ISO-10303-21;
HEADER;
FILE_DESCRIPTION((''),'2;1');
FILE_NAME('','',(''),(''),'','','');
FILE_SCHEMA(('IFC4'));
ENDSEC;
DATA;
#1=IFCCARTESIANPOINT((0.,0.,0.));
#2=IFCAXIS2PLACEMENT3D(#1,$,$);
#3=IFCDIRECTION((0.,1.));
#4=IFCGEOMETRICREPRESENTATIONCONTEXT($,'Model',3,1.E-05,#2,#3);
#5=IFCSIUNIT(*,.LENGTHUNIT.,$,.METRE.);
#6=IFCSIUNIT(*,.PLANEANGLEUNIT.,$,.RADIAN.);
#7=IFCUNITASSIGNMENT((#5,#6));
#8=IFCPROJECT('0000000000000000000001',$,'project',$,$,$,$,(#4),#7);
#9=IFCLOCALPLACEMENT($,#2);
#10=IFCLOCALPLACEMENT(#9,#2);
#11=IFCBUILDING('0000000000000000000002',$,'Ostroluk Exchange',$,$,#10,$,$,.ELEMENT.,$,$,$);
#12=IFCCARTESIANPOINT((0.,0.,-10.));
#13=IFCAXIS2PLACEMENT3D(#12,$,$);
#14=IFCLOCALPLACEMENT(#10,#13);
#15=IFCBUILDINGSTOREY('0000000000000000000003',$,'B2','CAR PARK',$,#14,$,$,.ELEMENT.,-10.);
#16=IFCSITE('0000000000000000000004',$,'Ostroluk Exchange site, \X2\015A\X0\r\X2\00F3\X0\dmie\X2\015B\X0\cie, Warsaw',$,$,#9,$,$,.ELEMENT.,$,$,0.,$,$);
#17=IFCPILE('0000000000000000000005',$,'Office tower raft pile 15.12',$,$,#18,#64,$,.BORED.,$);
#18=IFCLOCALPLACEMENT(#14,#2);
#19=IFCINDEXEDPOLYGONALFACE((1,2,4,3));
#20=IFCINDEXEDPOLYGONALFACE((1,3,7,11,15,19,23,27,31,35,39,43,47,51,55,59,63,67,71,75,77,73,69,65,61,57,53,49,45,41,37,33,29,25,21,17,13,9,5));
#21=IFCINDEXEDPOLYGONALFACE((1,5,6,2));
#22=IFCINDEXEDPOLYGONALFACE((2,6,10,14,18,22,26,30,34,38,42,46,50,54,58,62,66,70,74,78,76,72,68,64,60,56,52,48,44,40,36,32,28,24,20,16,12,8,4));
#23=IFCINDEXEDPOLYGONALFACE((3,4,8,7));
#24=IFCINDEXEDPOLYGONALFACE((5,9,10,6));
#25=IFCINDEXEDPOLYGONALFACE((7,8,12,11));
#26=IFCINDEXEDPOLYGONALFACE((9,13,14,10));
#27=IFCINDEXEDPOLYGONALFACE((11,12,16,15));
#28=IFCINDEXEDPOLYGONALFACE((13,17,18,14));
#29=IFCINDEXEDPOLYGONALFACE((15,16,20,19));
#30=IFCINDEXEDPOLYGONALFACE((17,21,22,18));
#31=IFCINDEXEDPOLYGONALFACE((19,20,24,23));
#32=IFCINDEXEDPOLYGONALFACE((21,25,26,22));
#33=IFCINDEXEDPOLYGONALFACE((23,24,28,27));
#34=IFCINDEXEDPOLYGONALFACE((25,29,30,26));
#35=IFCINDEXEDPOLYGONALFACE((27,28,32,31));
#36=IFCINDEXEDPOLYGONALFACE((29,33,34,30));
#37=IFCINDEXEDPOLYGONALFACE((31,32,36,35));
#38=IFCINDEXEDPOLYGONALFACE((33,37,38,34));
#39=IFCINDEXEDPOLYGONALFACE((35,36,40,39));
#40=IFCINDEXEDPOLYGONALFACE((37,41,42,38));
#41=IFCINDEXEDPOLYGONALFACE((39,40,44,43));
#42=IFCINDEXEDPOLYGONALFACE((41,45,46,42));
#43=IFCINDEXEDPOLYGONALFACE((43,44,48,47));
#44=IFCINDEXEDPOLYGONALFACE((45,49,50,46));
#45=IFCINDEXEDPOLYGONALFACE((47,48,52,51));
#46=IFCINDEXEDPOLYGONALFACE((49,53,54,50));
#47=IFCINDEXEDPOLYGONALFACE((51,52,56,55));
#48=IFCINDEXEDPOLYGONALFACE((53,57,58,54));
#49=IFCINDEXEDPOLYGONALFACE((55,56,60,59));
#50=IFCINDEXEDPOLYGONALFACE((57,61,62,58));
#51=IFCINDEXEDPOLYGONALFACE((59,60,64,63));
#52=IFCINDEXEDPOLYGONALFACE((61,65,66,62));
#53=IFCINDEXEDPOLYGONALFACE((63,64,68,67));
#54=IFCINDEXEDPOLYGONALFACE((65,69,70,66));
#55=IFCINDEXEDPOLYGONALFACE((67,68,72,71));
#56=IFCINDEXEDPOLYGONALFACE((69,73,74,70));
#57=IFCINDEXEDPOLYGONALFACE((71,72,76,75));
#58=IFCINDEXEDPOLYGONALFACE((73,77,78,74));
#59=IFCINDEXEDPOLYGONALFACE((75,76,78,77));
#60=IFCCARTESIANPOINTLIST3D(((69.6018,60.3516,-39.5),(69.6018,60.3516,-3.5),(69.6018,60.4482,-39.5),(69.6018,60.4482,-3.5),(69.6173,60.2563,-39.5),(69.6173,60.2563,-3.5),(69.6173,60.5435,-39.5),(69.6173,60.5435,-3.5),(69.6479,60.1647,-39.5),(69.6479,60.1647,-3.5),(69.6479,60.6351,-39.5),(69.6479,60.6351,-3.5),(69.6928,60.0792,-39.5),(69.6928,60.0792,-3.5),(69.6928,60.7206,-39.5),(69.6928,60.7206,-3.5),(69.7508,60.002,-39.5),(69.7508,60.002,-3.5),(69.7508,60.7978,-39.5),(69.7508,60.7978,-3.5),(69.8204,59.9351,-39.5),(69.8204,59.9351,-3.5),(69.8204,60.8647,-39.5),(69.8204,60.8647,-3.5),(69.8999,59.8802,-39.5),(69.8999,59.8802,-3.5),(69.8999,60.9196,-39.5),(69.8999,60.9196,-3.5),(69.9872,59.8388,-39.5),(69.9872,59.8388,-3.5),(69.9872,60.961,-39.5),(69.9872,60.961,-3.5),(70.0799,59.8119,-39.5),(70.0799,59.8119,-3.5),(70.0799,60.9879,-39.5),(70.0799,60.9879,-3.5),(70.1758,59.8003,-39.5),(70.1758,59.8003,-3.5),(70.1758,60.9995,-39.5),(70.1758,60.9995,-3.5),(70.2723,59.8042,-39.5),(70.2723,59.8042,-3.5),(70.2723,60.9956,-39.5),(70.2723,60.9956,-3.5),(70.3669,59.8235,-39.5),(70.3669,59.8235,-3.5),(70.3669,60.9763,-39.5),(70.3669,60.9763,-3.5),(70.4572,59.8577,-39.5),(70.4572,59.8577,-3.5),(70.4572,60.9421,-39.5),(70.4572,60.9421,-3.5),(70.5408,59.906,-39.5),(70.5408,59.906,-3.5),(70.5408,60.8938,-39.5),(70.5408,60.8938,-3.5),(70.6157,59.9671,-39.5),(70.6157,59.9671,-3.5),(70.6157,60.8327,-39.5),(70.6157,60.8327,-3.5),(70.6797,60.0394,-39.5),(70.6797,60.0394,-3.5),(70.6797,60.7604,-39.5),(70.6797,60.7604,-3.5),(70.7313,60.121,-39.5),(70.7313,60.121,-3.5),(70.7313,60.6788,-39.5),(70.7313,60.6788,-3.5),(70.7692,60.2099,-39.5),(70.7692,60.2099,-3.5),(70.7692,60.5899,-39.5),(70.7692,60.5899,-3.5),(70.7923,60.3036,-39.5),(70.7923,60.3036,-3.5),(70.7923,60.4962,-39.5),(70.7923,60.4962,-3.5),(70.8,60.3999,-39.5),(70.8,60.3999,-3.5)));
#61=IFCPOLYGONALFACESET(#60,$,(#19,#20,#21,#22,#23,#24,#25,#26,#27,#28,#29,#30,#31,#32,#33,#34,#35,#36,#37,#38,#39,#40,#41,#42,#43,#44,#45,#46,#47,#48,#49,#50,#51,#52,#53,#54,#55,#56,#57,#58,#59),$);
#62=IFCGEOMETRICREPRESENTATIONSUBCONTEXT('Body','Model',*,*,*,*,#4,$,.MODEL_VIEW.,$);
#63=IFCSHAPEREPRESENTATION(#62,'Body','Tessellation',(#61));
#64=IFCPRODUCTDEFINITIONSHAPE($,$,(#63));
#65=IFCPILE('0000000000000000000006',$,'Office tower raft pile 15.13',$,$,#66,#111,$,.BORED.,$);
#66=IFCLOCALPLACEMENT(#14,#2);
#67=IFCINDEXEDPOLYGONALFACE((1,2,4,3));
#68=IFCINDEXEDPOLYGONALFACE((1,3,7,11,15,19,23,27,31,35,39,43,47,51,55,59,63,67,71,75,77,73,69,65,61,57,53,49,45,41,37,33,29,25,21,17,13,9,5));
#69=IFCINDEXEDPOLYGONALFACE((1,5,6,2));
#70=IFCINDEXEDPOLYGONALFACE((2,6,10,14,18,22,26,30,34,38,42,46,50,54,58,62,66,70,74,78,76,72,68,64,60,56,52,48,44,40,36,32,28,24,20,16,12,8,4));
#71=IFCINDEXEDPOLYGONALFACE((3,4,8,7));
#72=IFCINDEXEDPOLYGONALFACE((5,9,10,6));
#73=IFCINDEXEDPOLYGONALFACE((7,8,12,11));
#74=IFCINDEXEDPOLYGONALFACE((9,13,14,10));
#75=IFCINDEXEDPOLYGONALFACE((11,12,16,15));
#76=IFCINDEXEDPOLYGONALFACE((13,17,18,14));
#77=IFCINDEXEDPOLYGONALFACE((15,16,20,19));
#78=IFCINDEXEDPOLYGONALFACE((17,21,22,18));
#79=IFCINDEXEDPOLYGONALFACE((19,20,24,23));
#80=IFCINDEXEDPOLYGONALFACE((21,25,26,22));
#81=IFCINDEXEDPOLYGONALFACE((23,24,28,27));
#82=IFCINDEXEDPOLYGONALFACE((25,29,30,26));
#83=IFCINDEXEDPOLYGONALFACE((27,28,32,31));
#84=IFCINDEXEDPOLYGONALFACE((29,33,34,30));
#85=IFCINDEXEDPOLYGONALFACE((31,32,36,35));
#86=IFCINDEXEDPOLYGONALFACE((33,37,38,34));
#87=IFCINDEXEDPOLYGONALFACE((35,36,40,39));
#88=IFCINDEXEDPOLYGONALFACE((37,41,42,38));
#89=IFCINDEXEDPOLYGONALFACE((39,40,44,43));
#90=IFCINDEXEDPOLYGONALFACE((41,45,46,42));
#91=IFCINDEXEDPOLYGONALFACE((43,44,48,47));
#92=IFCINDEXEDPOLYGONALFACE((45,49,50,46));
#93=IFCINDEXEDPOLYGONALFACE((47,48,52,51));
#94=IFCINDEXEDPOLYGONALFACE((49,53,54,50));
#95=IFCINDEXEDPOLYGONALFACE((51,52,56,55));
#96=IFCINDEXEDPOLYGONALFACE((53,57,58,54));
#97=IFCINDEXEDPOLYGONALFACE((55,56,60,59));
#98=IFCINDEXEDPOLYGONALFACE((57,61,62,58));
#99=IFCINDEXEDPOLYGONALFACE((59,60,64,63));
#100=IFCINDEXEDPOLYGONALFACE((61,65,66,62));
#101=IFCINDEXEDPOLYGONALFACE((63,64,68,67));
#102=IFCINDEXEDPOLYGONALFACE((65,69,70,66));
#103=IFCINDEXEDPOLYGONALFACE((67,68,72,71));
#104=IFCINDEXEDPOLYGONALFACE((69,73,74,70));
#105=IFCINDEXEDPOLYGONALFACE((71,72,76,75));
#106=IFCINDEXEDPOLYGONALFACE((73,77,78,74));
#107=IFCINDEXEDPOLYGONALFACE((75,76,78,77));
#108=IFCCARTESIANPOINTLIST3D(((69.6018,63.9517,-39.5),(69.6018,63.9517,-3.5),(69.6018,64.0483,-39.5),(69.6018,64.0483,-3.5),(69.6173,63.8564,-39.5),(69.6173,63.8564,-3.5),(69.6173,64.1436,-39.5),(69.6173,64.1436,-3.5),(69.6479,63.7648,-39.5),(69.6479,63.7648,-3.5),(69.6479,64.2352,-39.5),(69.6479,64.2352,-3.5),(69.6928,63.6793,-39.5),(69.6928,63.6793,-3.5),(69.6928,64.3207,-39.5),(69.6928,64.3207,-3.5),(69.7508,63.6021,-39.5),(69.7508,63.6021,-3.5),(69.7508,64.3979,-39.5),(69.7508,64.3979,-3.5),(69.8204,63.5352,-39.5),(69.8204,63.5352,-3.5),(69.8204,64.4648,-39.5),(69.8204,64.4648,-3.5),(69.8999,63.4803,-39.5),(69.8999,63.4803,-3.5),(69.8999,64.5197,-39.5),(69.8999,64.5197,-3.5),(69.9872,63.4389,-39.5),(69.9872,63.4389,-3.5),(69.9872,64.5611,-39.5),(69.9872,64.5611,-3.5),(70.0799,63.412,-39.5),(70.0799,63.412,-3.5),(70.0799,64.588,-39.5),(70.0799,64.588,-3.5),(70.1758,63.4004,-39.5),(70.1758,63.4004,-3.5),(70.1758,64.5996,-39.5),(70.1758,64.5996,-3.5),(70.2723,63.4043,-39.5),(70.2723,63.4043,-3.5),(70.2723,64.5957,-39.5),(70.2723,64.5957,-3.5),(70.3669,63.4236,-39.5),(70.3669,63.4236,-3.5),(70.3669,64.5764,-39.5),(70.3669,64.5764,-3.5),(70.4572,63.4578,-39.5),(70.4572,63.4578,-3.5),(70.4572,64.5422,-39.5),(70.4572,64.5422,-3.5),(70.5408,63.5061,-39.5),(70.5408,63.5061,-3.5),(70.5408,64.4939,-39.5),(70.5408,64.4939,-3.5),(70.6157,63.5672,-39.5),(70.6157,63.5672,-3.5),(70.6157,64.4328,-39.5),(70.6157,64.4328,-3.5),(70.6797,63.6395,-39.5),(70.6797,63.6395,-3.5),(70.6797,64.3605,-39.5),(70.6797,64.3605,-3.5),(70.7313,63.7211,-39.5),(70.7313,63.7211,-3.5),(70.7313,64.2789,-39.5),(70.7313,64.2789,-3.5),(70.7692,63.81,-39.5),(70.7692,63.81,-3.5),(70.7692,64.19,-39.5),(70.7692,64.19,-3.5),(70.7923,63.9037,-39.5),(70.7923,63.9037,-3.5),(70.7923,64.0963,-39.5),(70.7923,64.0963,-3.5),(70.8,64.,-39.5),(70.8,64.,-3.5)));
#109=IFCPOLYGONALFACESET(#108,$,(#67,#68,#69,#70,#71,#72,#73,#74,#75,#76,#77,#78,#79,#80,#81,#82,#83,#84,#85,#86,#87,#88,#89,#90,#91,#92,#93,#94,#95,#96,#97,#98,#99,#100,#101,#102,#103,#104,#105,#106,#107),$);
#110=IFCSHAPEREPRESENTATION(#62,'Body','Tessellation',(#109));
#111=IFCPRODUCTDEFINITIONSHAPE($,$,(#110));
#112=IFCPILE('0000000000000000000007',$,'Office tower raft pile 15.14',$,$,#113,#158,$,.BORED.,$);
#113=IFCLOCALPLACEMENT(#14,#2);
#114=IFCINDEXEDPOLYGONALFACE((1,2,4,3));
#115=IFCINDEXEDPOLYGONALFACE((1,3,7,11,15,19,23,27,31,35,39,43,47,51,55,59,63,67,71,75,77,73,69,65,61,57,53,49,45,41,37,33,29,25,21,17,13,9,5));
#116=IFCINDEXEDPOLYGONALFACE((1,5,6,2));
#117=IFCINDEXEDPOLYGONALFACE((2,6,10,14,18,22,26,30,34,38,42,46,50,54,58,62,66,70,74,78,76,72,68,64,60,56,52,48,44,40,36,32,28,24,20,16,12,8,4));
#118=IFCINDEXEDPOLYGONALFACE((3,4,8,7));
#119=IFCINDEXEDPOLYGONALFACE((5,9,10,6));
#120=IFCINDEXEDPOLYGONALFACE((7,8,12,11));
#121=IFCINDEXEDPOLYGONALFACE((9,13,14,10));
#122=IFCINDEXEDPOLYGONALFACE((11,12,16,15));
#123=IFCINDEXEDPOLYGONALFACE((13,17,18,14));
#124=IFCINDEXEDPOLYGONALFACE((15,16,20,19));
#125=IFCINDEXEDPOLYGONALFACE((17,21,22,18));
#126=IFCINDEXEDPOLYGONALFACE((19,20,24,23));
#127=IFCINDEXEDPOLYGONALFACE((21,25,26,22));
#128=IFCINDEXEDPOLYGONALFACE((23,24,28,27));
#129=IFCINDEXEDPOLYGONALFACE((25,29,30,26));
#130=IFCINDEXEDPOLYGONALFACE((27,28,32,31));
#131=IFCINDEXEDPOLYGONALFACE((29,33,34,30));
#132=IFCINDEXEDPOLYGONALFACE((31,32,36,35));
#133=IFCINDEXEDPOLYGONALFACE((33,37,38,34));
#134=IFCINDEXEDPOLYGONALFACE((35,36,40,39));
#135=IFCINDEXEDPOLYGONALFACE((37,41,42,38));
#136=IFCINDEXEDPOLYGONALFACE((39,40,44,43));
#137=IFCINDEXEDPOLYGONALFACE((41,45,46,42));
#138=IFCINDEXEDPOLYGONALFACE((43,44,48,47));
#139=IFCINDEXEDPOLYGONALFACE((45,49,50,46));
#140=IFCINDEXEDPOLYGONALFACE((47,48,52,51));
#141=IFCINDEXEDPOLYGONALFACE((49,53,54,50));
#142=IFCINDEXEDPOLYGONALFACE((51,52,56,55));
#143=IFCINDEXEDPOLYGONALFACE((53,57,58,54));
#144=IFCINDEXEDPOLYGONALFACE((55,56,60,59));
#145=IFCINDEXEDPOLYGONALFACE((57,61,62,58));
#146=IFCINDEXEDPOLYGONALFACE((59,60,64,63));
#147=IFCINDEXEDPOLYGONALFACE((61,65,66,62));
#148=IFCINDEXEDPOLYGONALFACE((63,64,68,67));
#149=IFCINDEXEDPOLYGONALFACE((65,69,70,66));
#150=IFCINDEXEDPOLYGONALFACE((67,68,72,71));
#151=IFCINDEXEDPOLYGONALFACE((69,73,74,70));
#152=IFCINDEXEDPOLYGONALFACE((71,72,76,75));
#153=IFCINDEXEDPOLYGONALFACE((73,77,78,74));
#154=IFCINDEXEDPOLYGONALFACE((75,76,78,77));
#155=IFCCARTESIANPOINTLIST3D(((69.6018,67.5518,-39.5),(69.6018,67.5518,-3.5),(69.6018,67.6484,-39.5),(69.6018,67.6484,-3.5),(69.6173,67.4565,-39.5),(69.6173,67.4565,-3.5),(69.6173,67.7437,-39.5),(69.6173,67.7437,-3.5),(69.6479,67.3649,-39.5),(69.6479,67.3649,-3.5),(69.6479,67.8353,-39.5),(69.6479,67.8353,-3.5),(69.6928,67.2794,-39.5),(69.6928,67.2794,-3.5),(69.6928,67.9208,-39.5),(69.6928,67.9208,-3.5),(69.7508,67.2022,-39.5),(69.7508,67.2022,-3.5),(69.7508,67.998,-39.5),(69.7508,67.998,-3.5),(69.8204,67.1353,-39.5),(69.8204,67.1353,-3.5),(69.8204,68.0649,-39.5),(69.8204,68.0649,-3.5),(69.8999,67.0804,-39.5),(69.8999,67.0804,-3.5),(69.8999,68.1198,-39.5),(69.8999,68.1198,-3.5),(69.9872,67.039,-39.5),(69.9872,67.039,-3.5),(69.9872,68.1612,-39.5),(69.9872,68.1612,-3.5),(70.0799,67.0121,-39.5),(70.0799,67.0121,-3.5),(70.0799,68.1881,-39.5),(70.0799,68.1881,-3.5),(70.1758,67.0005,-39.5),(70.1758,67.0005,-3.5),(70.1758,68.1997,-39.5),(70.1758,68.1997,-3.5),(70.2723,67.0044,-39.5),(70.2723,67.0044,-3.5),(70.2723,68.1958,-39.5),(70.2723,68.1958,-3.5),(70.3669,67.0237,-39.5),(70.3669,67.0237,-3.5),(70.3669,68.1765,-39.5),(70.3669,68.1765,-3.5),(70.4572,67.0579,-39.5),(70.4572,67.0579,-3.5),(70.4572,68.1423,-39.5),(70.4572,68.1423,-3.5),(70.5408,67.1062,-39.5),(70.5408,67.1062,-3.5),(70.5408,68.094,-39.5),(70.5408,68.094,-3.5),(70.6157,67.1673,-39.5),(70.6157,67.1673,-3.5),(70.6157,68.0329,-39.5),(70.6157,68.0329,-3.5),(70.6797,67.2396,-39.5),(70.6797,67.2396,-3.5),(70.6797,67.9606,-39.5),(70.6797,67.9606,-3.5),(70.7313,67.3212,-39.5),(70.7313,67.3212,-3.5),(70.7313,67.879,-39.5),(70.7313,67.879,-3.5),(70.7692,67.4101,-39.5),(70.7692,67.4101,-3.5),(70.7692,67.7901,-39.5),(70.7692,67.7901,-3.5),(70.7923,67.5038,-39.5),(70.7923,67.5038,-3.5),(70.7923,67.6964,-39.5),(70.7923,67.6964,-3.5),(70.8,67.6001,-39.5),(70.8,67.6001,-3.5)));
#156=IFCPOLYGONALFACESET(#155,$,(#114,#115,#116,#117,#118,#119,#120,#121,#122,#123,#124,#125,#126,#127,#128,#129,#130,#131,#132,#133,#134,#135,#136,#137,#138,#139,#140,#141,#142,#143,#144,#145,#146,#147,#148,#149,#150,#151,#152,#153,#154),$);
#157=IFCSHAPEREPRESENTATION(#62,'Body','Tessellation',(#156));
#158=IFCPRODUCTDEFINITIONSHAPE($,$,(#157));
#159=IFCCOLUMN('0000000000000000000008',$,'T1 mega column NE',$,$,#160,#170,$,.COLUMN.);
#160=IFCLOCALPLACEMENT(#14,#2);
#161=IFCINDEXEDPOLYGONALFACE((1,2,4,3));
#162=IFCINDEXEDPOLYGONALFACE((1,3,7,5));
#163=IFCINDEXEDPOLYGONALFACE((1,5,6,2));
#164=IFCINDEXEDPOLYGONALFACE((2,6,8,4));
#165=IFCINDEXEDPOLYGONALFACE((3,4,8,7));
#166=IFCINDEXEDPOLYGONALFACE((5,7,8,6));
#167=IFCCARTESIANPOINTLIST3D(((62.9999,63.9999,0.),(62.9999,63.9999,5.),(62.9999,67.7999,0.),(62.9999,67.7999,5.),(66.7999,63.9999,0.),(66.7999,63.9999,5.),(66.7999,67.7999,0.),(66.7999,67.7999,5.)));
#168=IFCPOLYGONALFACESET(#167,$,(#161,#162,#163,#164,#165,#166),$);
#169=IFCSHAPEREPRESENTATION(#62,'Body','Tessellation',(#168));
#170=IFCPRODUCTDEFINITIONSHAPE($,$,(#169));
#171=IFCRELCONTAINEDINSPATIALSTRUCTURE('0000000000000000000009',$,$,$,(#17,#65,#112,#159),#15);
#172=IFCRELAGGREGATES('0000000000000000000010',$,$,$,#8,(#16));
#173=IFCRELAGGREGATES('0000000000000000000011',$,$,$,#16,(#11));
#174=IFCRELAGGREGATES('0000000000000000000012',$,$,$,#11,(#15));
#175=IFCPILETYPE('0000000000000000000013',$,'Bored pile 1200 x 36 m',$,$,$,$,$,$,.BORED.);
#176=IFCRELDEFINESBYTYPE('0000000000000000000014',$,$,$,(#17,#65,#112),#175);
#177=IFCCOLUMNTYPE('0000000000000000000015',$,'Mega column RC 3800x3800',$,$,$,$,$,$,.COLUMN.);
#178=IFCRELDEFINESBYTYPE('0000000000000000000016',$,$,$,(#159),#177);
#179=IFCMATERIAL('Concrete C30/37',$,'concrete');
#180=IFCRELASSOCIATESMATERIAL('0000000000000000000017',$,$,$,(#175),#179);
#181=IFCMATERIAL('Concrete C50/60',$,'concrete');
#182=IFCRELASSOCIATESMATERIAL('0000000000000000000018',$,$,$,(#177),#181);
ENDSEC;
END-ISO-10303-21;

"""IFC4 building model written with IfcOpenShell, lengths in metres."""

from ifc_helpers import new_model, si_unit, direction, frame, origin, origin_2d, place, context, subcontext, project, spatial, rectangle, circle, extrude, material, material_profile, profile_set, type_object, element, save


model = new_model("IFC4")

# Units and contexts
model_context = context("Model", 3, precision=1e-05, world=origin(), true_north=direction((0.0, 1.0)))
body_context = subcontext(model_context, "Body", "Model", "MODEL_VIEW")
ifc_project = project(units=[si_unit("LENGTHUNIT", "METRE"), si_unit("PLANEANGLEUNIT", "RADIAN")], contexts=[model_context])

# Site, building, storey
site_placement = place(None, origin())
site = spatial("IfcSite", under=ifc_project, at=site_placement, Name="Ostroluk Exchange site, Śródmieście, Warsaw", CompositionType="ELEMENT", RefElevation=0.0)
building_placement = place(site_placement, origin())
building = spatial("IfcBuilding", under=site, at=building_placement, Name="Ostroluk Exchange", CompositionType="ELEMENT")
storey_placement = place(building_placement, frame((0.0, 0.0, -10.0)))
storey = spatial("IfcBuildingStorey", under=building, at=storey_placement, Name="B2", Description="CAR PARK", CompositionType="ELEMENT", Elevation=-10.0)

# Piles
ifc_material_1 = material(Name="Concrete C30/37", Category="concrete")
pile_type = type_object("IfcPileType", Name="Bored pile 1200 x 36 m", PredefinedType="BORED", material=ifc_material_1)
for number, where, z_axis, x_axis, name in (
    (1, (70.2, 60.3999, -3.5), (0.0, 0.0, -1.0), (1.0, 0.0, 0.0), "Office tower raft pile 15.12"),
    (2, (70.2, 64.0, -3.5), (0.0, 0.0, -1.0), (1.0, 0.0, 0.0), "Office tower raft pile 15.13"),
    (3, (70.2, 67.6001, -3.5), (0.0, 0.0, -1.0), (1.0, 0.0, 0.0), "Office tower raft pile 15.14"),
):
    element("IfcPile", number, at=place(storey_placement, frame(where, z_axis=z_axis, x_axis=x_axis)), inside=storey, type_object=pile_type, Name=name, PredefinedType="BORED", context=body_context, shape_type="SweptSolid", body=[
        extrude(circle(Radius=0.6001, at=origin_2d()), origin(), (0.0, 0.0, 1.0), 36.0),
    ])

# Column
ifc_material_2 = material(Name="Concrete C50/60", Category="concrete")
ifc_material_profile_1 = material_profile(ifc_material_2, rectangle(XDim=3.8, YDim=3.8, at=origin_2d()), Name="RC 3800x3800")
ifc_profile_set_1 = profile_set([ifc_material_profile_1], Name="Concrete C50/60")
column_type_1 = type_object("IfcColumnType", Name="Mega column RC 3800x3800", PredefinedType="COLUMN", material=ifc_profile_set_1)
column_1_placement = place(storey_placement, frame((64.8999, 65.8999, 0.0), z_axis=(0.0, 0.0, 1.0), x_axis=(1.0, 0.0, 0.0)))
element("IfcColumn", 4, at=column_1_placement, inside=storey, type_object=column_type_1, Name="T1 mega column NE", PredefinedType="COLUMN", context=body_context, shape_type="SweptSolid", body=[
    extrude(rectangle(XDim=3.8, YDim=3.8, at=origin_2d()), origin(), (0.0, 0.0, 1.0), 5.0),
])

save(model, "model.ifc")
